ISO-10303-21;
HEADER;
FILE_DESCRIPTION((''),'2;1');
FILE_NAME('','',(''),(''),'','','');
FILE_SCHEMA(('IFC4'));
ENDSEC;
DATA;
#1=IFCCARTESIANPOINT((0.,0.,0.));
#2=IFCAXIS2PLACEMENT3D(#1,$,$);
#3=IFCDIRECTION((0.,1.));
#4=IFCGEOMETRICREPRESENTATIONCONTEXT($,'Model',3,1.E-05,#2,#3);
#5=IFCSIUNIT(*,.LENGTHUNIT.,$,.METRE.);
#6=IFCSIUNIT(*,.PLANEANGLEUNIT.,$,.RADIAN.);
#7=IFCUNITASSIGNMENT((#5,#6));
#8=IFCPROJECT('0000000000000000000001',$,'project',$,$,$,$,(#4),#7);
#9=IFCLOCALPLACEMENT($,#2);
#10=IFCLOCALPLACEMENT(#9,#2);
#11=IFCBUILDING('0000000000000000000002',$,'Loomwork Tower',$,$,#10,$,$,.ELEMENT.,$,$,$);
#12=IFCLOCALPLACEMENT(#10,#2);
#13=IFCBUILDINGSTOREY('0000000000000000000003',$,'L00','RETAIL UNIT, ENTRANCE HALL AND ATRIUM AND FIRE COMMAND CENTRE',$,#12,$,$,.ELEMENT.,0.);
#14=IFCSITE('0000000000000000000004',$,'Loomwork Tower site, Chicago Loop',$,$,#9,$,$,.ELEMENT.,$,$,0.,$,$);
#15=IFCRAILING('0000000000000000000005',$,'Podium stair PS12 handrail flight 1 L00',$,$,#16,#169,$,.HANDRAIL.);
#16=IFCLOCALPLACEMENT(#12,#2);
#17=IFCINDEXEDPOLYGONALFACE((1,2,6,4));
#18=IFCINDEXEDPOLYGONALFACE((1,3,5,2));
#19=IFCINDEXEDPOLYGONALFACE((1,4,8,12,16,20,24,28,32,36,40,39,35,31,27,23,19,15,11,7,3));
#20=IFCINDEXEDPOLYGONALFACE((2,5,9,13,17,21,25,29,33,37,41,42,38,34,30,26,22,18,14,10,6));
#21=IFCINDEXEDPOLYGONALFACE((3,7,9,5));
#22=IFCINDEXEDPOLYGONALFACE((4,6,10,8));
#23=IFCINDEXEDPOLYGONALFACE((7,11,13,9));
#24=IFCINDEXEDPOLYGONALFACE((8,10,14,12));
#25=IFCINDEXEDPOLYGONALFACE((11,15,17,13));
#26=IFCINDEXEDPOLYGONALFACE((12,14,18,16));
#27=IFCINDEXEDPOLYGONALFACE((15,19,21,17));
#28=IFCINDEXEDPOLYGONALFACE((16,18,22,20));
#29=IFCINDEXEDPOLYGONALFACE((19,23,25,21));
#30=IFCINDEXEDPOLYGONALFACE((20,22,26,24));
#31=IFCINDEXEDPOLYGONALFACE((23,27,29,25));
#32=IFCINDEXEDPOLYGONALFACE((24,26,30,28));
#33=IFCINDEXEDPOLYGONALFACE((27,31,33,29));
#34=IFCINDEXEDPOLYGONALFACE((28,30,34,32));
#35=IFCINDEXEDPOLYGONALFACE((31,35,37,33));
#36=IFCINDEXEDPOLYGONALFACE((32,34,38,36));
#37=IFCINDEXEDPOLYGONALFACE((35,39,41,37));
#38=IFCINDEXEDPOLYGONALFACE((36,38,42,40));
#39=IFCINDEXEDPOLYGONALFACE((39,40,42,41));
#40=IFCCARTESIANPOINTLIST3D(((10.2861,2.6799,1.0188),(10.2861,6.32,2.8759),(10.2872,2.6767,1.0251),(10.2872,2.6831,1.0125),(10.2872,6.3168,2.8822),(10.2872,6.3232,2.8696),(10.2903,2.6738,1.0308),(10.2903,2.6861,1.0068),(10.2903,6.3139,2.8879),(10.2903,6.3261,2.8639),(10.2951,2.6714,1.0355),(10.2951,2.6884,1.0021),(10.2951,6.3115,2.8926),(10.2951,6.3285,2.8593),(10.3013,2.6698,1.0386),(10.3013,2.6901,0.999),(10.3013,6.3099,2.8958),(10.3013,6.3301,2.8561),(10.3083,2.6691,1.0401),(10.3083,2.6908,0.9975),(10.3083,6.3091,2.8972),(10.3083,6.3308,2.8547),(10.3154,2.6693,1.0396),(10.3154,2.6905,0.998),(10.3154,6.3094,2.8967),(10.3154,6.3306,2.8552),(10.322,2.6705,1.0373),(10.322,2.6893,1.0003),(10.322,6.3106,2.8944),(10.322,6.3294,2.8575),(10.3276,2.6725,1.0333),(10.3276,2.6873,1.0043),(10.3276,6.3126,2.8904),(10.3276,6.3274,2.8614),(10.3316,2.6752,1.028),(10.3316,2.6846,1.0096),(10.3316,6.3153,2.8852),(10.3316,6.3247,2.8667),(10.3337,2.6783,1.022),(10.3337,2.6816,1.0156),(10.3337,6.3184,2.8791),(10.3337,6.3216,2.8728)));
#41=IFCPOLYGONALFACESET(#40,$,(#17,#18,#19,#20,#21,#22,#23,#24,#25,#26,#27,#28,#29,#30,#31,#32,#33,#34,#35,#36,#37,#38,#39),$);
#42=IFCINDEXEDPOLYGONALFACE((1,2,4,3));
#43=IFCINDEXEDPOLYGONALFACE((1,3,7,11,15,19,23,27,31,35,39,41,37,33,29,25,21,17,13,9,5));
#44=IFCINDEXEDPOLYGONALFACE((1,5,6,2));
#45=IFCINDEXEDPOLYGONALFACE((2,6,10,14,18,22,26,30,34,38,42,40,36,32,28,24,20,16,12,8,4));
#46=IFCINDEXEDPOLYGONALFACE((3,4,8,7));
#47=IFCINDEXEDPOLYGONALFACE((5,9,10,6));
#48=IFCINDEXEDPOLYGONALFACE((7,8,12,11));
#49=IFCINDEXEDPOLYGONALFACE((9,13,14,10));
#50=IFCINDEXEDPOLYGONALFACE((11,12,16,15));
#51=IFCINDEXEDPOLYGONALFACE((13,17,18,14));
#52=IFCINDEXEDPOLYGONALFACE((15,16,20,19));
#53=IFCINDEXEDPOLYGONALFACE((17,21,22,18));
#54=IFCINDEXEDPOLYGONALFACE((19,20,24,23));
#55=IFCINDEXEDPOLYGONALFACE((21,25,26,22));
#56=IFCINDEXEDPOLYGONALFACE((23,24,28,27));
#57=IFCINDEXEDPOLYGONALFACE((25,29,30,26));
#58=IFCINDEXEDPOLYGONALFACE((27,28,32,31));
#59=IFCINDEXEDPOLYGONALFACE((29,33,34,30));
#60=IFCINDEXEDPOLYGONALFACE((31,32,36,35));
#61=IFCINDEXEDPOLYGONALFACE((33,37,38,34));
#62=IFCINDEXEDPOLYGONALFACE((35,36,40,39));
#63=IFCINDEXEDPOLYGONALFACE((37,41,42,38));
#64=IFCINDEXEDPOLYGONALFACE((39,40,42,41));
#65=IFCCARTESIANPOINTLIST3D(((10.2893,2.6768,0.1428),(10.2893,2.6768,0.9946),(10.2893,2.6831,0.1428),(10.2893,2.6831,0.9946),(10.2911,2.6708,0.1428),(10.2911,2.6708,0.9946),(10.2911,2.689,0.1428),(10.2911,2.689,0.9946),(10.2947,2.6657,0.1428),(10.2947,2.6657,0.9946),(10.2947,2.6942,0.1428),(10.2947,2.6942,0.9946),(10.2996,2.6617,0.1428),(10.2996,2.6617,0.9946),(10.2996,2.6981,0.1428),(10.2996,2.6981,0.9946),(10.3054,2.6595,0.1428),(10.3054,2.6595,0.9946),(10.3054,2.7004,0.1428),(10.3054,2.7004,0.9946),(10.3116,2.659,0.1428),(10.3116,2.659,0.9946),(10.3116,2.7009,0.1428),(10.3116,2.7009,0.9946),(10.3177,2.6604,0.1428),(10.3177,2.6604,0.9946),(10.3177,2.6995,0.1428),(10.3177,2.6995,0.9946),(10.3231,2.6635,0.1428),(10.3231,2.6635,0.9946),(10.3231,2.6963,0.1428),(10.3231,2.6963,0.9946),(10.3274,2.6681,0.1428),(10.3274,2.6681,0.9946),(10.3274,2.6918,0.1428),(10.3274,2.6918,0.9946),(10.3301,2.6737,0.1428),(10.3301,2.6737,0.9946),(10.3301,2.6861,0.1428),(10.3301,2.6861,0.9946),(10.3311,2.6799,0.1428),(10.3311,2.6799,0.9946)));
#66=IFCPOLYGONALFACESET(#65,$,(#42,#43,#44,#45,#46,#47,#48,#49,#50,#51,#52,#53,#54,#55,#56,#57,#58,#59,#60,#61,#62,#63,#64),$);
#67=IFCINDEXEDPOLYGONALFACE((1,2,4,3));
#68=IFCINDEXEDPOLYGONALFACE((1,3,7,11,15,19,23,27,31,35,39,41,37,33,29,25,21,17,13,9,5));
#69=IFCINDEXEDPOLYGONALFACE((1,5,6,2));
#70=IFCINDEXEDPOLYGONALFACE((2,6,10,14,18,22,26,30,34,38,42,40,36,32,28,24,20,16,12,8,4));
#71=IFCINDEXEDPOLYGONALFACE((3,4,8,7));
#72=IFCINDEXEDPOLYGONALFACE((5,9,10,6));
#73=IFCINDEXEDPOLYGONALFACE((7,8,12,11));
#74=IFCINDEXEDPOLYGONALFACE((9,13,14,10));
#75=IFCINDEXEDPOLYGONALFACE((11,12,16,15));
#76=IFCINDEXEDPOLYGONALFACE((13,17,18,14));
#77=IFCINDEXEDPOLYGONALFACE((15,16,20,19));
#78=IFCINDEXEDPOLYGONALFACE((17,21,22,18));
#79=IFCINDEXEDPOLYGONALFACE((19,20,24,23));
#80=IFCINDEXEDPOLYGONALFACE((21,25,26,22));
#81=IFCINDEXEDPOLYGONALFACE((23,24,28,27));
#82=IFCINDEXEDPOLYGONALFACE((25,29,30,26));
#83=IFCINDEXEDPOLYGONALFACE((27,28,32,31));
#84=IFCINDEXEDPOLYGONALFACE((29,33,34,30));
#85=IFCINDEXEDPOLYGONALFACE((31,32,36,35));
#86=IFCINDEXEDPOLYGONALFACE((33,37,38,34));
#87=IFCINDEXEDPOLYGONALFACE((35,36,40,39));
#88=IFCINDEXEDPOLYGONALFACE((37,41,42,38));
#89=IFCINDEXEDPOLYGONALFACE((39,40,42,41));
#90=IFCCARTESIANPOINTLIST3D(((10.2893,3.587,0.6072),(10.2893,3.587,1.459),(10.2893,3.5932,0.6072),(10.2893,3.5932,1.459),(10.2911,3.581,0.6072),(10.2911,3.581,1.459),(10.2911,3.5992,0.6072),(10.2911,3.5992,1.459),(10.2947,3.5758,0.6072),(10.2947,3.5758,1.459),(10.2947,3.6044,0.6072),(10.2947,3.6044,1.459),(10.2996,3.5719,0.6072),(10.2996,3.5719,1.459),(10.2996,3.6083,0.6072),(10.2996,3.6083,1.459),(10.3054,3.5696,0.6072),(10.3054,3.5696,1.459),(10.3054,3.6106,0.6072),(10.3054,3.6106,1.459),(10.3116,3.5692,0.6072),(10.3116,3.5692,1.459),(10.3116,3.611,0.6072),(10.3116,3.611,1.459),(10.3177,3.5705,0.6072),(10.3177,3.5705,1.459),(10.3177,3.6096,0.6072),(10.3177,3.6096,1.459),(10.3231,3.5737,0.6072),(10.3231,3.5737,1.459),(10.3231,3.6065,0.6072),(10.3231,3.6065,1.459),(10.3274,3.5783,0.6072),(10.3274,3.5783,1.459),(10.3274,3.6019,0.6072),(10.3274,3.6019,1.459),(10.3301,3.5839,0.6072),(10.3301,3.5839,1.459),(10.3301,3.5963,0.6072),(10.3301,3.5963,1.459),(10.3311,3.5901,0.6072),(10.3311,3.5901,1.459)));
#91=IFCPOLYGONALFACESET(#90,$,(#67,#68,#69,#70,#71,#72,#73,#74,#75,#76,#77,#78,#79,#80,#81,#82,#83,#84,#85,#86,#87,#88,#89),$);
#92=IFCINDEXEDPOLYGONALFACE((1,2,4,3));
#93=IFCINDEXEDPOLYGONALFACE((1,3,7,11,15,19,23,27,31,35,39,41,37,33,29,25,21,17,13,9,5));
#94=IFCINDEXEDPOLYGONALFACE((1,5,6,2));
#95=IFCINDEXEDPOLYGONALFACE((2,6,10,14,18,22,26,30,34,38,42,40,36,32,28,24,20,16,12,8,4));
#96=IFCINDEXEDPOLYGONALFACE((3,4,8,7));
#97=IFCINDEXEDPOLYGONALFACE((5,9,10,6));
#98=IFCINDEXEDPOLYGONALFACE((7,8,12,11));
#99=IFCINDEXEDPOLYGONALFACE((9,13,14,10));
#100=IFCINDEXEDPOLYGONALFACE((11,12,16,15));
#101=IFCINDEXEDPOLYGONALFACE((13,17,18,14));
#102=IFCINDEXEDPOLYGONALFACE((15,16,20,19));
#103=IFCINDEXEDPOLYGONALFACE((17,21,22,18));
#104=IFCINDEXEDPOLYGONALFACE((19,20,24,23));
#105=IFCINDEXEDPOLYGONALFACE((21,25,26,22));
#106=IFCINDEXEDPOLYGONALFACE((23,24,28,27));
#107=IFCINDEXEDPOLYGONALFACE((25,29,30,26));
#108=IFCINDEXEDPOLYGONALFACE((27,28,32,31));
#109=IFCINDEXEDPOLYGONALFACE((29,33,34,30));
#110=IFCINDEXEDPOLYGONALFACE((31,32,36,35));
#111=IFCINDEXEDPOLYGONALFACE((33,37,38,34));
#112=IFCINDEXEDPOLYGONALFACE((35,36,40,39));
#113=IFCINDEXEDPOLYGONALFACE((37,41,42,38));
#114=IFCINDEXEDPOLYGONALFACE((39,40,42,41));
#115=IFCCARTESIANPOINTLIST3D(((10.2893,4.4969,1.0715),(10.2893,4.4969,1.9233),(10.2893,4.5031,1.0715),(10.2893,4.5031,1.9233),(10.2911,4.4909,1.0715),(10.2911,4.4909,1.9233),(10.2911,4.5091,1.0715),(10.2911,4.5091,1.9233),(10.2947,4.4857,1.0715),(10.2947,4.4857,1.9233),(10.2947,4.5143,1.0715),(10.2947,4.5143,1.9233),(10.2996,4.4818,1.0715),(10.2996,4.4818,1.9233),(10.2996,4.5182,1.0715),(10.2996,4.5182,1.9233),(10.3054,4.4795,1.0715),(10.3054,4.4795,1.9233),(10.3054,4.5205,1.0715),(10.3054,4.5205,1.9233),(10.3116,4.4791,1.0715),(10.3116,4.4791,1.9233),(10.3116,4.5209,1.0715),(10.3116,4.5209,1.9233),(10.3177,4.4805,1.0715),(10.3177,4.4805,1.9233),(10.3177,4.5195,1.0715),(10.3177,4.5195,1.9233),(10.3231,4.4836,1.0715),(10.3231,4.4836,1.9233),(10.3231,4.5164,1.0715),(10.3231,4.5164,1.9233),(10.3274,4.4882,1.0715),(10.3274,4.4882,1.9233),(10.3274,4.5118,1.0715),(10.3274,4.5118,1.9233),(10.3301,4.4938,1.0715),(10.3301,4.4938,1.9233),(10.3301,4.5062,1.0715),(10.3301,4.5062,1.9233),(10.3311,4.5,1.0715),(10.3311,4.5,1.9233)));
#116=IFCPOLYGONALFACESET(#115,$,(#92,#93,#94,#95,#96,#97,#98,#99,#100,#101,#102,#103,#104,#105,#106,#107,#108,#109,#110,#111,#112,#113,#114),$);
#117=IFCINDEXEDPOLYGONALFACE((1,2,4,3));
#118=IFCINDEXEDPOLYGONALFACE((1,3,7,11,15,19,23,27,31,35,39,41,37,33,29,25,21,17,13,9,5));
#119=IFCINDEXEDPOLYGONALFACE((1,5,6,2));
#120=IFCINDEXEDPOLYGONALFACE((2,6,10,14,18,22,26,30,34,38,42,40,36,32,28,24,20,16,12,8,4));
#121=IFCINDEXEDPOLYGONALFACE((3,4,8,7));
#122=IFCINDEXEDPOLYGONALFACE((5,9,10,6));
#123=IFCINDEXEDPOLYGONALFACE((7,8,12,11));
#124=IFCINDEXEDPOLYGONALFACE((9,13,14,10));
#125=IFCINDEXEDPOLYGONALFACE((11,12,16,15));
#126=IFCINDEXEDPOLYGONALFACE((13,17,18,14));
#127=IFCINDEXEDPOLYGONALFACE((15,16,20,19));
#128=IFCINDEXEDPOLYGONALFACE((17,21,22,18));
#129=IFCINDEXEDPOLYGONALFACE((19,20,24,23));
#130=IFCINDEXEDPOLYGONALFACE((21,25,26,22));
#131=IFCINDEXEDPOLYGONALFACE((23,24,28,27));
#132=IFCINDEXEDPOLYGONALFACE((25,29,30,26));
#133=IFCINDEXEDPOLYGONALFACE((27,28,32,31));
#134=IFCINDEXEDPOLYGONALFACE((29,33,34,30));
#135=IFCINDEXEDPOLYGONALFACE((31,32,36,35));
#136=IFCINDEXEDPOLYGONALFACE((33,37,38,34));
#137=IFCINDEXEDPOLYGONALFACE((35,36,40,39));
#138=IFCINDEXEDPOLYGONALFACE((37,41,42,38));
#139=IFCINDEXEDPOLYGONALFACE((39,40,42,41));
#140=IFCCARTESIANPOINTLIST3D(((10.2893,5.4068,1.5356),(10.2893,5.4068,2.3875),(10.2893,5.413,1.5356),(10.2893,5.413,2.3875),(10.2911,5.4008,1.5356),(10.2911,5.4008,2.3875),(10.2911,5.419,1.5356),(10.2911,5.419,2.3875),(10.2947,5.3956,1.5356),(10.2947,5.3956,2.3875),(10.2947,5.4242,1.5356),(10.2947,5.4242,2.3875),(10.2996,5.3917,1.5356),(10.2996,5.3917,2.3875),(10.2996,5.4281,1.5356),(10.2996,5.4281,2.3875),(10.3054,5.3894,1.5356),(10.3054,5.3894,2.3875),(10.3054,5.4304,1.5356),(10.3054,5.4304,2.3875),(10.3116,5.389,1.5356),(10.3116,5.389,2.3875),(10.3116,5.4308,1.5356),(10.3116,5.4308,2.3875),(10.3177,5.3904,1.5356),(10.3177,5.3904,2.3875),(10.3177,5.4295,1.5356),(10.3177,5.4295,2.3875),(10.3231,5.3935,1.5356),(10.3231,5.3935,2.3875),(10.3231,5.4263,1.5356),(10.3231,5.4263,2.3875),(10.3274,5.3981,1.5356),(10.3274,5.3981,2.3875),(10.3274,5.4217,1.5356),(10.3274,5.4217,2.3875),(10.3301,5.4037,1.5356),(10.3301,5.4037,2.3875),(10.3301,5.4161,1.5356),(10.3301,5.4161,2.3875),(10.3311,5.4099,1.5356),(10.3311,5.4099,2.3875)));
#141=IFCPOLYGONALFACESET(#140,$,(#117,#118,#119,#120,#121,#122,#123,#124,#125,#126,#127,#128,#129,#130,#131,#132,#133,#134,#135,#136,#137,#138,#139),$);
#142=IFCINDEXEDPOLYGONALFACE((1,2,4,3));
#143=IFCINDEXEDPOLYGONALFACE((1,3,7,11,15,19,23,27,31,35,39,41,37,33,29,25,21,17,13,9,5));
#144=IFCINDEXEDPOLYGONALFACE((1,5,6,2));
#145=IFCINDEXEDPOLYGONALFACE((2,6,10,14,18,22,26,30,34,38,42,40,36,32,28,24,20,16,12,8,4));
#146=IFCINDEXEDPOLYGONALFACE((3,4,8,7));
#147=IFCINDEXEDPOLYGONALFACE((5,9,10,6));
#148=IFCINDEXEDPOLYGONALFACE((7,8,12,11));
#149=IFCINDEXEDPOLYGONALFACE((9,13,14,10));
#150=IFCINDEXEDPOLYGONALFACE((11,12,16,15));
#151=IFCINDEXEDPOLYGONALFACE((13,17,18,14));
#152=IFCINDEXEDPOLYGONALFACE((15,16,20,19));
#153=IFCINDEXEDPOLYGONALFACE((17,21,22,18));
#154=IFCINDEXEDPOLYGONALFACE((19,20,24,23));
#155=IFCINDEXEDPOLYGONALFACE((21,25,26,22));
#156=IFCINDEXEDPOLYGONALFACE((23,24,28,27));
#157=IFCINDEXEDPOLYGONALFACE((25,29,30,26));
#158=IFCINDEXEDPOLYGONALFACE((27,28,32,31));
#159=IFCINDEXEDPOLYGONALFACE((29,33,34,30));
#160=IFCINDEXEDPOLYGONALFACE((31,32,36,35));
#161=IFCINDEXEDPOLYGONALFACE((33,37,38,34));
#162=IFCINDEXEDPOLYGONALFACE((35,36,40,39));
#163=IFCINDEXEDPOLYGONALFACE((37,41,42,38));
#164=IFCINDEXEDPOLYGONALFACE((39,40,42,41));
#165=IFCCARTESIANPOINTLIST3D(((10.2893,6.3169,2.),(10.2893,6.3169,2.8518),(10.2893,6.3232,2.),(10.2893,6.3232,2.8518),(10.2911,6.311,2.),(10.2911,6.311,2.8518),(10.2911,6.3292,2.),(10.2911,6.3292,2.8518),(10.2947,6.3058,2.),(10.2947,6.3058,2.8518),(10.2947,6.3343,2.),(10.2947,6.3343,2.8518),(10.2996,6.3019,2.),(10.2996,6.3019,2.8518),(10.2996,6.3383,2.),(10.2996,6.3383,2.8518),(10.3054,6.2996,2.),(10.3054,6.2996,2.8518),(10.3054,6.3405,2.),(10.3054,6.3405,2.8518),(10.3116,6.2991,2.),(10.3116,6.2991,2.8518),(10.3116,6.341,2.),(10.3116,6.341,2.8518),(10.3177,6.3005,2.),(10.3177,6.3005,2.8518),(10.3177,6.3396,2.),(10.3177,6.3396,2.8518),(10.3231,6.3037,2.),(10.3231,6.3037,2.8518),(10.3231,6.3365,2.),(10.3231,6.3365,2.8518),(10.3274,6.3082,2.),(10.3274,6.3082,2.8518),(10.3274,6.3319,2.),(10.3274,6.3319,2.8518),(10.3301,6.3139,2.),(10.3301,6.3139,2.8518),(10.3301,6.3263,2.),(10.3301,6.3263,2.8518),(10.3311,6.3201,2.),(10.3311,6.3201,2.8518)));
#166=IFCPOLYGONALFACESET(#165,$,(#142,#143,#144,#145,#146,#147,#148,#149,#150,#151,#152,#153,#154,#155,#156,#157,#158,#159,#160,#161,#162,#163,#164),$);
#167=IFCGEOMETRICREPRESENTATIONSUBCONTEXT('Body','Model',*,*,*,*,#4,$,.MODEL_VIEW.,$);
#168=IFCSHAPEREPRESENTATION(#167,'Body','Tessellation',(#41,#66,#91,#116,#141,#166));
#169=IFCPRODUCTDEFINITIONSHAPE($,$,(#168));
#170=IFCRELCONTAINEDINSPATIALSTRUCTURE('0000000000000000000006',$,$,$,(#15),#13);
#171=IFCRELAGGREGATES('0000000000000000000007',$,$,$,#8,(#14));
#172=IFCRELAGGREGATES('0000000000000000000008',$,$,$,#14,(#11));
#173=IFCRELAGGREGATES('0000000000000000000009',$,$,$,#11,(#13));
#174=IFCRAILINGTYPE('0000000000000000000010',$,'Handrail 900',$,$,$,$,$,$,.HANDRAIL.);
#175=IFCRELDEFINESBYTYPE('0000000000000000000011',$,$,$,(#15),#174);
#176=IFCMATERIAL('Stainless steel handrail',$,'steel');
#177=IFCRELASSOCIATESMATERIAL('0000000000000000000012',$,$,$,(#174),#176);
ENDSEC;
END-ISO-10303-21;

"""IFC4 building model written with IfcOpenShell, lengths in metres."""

from ifc_helpers import new_model, si_unit, direction, frame, origin, origin_2d, place, context, subcontext, project, spatial, circle, extrude, material, type_object, element, save


model = new_model("IFC4")

# Units and contexts
model_context = context("Model", 3, precision=1e-05, world=origin(), true_north=direction((0.0, 1.0)))
body_context = subcontext(model_context, "Body", "Model", "MODEL_VIEW")
ifc_project = project(units=[si_unit("LENGTHUNIT", "METRE"), si_unit("PLANEANGLEUNIT", "RADIAN")], contexts=[model_context])

# Site, building, storey
site_placement = place(None, origin())
site = spatial("IfcSite", under=ifc_project, at=site_placement, Name="Loomwork Tower site, Chicago Loop", CompositionType="ELEMENT", RefElevation=0.0)
building_placement = place(site_placement, origin())
building = spatial("IfcBuilding", under=site, at=building_placement, Name="Loomwork Tower", CompositionType="ELEMENT")
storey_placement = place(building_placement, origin())
storey = spatial("IfcBuildingStorey", under=building, at=storey_placement, Name="L00", Description="RETAIL UNIT, ENTRANCE HALL AND ATRIUM AND FIRE COMMAND CENTRE", CompositionType="ELEMENT", Elevation=0.0)

# Railing
ifc_material_1 = material(Name="Stainless steel handrail", Category="steel")
railing_type = type_object("IfcRailingType", Name="Handrail 900", PredefinedType="HANDRAIL", material=ifc_material_1)
railing_1_placement = place(storey_placement, frame((10.3101, 2.6799, 0.1428)))
element("IfcRailing", 1, at=railing_1_placement, inside=storey, type_object=railing_type, Name="Podium stair PS12 handrail flight 1 L00", PredefinedType="HANDRAIL", context=body_context, shape_type="SweptSolid", body=[
    extrude(circle(Radius=0.0239, at=origin_2d()), frame((0.0, 0.0, 0.876), z_axis=(0.0, 0.890765, 0.454464), x_axis=(-1.0, 0.0, 0.0)), (0.0, 0.0, 1.0), 4.0864),
    extrude(circle(Radius=0.021, at=origin_2d()), origin(), (0.0, 0.0, 1.0), 0.8518),
    extrude(circle(Radius=0.021, at=origin_2d()), frame((0.0, 0.9102, 0.4644)), (0.0, 0.0, 1.0), 0.8518),
    extrude(circle(Radius=0.021, at=origin_2d()), frame((0.0, 1.8201, 0.9287)), (0.0, 0.0, 1.0), 0.8518),
    extrude(circle(Radius=0.021, at=origin_2d()), frame((0.0, 2.73, 1.3928)), (0.0, 0.0, 1.0), 0.8518),
    extrude(circle(Radius=0.021, at=origin_2d()), frame((0.0, 3.6401, 1.8572)), (0.0, 0.0, 1.0), 0.8518),
])

save(model, "model.ifc")
